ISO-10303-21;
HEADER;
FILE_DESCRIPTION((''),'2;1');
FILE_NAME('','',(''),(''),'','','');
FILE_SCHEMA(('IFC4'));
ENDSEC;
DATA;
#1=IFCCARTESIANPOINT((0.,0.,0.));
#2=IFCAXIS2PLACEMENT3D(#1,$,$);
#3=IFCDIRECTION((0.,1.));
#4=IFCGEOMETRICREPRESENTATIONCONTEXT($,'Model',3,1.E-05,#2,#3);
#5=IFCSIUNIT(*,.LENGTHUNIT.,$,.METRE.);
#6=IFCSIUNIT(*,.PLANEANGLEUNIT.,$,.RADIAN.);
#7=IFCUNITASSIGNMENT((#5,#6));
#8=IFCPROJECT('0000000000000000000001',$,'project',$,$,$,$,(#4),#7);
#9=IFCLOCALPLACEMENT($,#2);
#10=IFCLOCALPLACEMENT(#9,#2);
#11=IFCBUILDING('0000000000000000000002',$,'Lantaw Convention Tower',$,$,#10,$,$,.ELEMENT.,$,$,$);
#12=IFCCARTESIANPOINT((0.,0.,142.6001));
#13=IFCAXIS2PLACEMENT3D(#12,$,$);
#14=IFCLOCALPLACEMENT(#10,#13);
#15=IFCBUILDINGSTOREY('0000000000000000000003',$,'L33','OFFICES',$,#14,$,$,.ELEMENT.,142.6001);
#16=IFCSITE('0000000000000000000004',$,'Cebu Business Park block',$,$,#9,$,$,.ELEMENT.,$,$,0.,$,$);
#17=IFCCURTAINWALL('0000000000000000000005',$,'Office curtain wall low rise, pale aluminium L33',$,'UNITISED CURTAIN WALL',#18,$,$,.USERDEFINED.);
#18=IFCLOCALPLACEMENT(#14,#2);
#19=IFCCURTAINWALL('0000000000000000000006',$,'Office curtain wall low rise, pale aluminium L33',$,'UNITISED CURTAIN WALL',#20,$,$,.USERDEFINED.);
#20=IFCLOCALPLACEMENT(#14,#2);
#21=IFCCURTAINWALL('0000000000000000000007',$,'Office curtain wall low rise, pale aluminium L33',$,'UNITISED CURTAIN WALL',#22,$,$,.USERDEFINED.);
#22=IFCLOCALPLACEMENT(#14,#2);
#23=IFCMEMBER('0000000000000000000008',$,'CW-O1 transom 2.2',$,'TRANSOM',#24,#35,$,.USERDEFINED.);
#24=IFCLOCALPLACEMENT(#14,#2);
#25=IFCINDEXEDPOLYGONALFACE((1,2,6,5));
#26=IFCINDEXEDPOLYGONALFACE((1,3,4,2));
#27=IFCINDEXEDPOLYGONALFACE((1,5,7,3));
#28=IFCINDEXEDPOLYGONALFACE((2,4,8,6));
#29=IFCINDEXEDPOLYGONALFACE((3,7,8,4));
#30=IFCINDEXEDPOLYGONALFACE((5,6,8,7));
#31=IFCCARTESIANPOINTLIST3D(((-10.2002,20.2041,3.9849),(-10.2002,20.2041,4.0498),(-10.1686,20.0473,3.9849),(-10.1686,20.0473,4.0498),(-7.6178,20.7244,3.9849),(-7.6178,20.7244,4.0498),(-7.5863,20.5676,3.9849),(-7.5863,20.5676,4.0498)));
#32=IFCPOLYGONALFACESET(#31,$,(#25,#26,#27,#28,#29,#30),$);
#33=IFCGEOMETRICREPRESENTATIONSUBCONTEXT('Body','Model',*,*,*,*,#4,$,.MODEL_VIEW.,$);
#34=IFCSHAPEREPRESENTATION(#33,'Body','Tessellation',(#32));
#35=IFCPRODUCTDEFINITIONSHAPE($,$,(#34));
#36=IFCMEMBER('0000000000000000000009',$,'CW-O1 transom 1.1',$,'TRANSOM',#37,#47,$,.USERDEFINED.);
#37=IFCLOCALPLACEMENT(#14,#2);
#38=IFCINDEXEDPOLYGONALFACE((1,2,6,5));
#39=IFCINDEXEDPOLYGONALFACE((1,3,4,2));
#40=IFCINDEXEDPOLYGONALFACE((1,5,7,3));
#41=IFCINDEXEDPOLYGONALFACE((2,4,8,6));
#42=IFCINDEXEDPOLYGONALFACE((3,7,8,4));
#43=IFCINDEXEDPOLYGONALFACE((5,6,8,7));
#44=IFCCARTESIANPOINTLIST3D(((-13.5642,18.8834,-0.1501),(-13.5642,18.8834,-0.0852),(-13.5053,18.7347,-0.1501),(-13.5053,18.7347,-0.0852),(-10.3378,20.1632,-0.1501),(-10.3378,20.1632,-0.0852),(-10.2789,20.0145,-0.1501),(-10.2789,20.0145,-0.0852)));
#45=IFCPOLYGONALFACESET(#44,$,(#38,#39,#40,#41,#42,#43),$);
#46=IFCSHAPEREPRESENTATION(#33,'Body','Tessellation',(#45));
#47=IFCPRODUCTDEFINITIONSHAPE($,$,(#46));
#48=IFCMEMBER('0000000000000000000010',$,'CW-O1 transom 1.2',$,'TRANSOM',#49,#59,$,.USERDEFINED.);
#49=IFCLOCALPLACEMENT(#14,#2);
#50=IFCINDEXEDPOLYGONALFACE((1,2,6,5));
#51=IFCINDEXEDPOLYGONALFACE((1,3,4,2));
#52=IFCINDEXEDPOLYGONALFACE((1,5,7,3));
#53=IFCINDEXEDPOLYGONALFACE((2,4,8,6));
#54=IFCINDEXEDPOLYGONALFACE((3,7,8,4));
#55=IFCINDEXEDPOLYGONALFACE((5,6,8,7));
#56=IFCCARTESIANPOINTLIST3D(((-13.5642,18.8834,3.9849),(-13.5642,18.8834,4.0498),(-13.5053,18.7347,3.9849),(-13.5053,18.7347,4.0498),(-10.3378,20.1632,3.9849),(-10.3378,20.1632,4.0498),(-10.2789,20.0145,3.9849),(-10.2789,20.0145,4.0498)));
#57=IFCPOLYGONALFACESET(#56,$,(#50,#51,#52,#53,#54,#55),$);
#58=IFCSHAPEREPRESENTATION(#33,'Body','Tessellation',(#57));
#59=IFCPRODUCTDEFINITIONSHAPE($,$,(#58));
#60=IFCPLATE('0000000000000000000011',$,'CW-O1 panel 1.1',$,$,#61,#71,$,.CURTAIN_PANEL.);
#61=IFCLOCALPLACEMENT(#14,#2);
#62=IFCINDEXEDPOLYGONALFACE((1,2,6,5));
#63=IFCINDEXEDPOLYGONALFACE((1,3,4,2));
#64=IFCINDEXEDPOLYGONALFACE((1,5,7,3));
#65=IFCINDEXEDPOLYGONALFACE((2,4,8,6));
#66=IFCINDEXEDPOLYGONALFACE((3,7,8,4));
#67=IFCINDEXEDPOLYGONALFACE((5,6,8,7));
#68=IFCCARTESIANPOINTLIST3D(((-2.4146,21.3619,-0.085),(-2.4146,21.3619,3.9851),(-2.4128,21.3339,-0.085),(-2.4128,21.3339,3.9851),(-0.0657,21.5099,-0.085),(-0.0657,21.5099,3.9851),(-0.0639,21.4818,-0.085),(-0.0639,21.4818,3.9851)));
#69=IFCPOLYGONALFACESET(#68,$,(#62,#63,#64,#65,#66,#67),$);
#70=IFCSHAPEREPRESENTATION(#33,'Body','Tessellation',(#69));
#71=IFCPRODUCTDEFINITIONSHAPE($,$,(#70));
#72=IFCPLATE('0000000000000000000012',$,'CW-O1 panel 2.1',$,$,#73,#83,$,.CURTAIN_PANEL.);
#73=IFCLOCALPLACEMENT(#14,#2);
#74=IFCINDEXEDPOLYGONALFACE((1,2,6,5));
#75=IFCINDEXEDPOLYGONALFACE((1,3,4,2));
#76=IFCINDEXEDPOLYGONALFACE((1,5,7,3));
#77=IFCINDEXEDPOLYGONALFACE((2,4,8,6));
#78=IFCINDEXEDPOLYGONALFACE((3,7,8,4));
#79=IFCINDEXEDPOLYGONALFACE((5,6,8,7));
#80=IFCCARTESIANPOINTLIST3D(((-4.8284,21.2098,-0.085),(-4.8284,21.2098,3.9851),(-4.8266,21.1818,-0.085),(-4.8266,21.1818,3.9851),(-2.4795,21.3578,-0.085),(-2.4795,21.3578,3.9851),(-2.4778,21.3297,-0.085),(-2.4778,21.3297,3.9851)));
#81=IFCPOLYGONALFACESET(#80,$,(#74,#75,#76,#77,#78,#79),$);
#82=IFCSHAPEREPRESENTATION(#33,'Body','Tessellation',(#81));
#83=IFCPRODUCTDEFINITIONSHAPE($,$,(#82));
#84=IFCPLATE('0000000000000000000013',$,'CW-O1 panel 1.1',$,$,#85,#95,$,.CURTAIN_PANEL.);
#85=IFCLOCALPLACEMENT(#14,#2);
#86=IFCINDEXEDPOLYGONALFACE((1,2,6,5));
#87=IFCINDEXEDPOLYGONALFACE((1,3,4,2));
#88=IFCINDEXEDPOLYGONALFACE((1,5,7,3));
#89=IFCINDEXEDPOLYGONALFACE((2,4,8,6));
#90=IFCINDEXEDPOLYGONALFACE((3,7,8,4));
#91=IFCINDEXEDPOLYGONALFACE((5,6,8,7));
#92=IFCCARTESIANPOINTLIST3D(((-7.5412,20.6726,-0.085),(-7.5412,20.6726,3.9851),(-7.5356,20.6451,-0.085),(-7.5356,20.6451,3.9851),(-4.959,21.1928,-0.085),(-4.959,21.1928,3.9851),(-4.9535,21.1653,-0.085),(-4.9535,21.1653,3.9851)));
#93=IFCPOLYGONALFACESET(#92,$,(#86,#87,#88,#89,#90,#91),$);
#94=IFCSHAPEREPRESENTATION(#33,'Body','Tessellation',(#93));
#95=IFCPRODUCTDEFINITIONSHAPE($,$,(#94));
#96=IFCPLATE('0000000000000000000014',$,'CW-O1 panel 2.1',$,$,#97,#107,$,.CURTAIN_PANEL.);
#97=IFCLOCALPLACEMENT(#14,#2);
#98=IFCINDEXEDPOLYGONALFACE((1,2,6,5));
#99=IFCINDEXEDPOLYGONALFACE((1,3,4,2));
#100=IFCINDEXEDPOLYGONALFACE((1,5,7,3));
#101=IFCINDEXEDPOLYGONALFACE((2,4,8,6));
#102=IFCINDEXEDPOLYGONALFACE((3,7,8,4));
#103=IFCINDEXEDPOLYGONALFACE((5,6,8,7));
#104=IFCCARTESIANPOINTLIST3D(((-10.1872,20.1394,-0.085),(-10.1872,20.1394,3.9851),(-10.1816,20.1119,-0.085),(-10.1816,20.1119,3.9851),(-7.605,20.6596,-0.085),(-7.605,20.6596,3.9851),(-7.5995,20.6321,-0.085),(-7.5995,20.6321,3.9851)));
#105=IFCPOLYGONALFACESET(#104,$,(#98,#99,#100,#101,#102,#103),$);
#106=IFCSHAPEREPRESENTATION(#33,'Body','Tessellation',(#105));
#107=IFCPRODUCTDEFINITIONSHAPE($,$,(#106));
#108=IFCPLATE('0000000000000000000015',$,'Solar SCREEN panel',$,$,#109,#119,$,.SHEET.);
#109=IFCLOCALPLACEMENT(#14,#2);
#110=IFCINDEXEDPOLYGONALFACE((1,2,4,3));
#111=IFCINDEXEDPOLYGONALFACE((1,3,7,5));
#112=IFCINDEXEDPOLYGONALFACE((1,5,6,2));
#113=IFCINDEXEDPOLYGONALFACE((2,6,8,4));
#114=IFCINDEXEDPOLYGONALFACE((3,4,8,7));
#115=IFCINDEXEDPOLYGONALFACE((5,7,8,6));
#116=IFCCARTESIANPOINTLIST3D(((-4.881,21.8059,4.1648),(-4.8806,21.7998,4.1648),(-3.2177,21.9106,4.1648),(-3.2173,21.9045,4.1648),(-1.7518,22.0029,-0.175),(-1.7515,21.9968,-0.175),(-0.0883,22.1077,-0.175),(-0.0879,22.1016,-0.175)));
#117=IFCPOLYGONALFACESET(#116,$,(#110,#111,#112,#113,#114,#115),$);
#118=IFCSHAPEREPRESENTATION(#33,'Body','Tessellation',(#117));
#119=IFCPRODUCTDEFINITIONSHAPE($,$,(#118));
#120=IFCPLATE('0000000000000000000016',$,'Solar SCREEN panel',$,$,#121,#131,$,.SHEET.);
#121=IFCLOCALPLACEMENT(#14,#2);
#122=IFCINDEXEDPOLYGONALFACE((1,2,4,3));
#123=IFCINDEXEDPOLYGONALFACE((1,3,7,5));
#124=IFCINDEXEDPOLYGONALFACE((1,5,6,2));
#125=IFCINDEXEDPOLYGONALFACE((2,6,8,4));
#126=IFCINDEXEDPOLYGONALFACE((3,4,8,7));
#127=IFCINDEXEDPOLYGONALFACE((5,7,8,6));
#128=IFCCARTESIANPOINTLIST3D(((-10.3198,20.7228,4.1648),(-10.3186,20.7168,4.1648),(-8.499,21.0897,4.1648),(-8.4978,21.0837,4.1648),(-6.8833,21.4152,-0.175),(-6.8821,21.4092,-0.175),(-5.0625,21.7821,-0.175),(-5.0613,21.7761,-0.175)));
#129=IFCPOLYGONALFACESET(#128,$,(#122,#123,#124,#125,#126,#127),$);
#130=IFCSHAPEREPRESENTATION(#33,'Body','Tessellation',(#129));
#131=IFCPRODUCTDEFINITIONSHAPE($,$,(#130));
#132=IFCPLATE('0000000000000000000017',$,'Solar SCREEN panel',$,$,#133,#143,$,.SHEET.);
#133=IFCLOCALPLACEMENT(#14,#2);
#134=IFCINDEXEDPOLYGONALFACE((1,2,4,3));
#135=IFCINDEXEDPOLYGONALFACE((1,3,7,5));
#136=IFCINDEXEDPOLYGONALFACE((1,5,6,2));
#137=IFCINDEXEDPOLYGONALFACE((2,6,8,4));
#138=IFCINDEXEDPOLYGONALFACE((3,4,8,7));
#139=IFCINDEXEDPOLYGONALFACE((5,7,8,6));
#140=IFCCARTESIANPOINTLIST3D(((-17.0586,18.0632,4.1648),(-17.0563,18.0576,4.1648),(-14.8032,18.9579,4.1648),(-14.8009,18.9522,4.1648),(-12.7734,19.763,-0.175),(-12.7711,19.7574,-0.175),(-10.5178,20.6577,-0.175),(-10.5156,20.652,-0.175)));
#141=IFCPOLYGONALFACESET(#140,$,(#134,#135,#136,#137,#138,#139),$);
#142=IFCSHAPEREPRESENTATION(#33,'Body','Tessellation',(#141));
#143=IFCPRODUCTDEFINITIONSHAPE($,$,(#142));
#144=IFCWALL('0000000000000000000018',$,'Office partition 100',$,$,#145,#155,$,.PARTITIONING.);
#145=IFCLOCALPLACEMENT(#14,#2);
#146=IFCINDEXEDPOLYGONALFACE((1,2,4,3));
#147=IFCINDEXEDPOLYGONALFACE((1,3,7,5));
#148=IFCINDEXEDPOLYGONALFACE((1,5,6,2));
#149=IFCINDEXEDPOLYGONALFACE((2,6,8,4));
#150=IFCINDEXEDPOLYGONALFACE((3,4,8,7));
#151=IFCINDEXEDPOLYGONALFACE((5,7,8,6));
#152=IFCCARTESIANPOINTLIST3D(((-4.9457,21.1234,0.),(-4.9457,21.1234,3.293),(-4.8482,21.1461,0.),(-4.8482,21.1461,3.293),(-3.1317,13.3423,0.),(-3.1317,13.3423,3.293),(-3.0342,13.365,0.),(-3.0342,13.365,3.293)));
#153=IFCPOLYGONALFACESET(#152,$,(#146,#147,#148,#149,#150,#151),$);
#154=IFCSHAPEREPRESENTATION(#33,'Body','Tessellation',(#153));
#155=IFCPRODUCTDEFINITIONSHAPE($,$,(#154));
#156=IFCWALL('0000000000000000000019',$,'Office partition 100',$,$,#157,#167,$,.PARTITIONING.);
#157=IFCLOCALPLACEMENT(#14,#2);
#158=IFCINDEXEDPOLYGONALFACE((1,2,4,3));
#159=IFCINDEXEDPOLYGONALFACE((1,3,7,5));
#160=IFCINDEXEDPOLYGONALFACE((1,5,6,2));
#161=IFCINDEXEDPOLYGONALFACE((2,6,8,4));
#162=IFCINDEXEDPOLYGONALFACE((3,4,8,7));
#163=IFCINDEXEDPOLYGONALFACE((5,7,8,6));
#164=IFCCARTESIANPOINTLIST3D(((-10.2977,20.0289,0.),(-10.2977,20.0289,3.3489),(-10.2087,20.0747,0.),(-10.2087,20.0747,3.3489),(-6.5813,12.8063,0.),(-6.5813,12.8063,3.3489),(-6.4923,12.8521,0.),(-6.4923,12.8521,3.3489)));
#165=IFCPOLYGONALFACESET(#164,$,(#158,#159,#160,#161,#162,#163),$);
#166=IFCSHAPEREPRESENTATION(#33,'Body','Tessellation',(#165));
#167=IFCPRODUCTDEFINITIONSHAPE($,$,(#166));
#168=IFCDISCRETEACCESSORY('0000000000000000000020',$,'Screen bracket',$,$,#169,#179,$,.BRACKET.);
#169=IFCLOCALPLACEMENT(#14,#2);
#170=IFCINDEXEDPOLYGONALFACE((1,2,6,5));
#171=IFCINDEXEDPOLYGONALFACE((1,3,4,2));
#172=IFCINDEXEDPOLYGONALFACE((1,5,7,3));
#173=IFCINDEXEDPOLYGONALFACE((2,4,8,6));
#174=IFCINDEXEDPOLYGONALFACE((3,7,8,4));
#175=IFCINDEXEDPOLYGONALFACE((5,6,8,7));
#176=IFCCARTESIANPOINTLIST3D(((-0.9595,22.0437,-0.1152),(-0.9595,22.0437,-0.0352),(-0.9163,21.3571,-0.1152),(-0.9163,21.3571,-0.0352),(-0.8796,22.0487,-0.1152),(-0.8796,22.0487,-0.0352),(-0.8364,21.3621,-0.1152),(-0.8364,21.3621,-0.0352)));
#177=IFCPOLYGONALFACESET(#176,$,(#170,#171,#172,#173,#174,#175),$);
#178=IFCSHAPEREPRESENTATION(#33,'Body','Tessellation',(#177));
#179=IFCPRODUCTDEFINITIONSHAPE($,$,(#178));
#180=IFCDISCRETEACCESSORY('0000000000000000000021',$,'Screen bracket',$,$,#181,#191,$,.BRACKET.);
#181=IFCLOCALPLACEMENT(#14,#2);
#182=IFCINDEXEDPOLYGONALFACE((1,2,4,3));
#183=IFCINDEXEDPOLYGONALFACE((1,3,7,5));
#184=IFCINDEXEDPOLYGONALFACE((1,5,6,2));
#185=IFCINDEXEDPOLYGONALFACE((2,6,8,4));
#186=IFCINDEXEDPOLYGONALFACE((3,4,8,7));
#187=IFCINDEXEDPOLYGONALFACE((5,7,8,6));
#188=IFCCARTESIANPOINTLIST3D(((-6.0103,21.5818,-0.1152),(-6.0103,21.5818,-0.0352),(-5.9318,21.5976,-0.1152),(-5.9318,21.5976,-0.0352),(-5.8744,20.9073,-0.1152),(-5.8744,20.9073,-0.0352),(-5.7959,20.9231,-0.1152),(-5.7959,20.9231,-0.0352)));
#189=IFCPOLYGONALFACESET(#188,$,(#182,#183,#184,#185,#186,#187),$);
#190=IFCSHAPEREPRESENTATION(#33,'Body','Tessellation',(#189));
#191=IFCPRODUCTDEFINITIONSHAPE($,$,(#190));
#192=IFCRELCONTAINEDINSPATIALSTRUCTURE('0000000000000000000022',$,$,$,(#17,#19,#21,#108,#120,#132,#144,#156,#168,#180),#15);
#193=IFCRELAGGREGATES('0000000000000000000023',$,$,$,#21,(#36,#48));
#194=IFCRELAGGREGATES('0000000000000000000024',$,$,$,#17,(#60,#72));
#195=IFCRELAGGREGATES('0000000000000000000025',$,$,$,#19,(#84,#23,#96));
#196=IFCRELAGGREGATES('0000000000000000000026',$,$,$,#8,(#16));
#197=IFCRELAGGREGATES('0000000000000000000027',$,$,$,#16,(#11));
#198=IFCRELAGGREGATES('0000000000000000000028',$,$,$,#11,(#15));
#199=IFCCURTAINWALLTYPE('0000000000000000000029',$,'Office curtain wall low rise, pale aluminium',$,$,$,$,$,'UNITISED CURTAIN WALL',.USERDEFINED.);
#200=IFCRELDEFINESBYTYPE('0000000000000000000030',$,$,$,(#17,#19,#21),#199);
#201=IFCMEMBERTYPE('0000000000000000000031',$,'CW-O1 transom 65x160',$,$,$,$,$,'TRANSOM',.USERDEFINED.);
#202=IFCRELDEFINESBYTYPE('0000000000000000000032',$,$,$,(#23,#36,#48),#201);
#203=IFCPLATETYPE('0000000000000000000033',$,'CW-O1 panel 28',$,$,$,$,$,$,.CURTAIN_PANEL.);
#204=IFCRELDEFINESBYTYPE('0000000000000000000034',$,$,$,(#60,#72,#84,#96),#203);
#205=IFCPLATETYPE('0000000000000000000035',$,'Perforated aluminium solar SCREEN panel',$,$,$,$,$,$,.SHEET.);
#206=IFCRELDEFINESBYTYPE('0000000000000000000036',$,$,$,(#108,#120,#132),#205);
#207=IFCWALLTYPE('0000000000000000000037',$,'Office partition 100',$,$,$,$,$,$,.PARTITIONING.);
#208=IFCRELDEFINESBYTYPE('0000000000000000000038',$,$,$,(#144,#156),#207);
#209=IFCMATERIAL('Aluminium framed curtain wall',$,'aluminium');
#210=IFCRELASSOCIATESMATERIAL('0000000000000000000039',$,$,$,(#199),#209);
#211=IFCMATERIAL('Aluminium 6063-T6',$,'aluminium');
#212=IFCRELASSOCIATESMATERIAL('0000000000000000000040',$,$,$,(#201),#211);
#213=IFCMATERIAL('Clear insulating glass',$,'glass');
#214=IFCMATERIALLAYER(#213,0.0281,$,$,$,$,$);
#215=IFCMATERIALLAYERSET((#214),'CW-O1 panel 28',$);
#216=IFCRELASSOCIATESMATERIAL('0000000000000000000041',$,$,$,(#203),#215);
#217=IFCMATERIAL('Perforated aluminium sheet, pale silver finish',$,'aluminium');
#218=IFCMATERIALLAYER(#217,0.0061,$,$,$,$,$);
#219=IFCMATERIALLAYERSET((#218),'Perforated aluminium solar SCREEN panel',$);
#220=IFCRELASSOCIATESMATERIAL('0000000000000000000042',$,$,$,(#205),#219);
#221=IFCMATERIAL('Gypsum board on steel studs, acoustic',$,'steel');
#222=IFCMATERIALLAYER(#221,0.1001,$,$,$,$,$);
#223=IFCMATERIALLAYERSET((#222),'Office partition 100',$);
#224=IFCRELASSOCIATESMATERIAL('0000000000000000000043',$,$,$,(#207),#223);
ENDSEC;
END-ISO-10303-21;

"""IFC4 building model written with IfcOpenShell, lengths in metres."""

from ifc_helpers import new_model, si_unit, direction, frame, frame_2d, origin, origin_2d, place, context, subcontext, project, spatial, polyline, rectangle, outline, extrude, material, layer, layer_set, material_profile, profile_set, type_object, element, aggregate, save


model = new_model("IFC4")

# Units and contexts
model_context = context("Model", 3, precision=1e-05, world=origin(), true_north=direction((0.0, 1.0)))
body_context = subcontext(model_context, "Body", "Model", "MODEL_VIEW")
ifc_project = project(units=[si_unit("LENGTHUNIT", "METRE"), si_unit("PLANEANGLEUNIT", "RADIAN")], contexts=[model_context])

# Site, building, storey
site_placement = place(None, origin())
site = spatial("IfcSite", under=ifc_project, at=site_placement, Name="Cebu Business Park block", CompositionType="ELEMENT", RefElevation=0.0)
building_placement = place(site_placement, origin())
building = spatial("IfcBuilding", under=site, at=building_placement, Name="Lantaw Convention Tower", CompositionType="ELEMENT")
storey_placement = place(building_placement, frame((0.0, 0.0, 142.6001)))
storey = spatial("IfcBuildingStorey", under=building, at=storey_placement, Name="L33", Description="OFFICES", CompositionType="ELEMENT", Elevation=142.6001)

# Curtain walls
ifc_material_1 = material(Name="Aluminium framed curtain wall", Category="aluminium")
curtain_wall_type = type_object("IfcCurtainWallType", Name="Office curtain wall low rise, pale aluminium", ElementType="UNITISED CURTAIN WALL", PredefinedType="USERDEFINED", material=ifc_material_1)
curtain_wall_1_placement = place(storey_placement, origin())
curtain_wall_1 = element("IfcCurtainWall", 1, at=curtain_wall_1_placement, inside=storey, type_object=curtain_wall_type, Name="Office curtain wall low rise, pale aluminium L33", ObjectType="UNITISED CURTAIN WALL", PredefinedType="USERDEFINED")
ifc_material_2 = material(Name="Aluminium 6063-T6", Category="aluminium")
curtain_wall_2_placement = place(storey_placement, origin())
curtain_wall_2 = element("IfcCurtainWall", 2, at=curtain_wall_2_placement, inside=storey, type_object=curtain_wall_type, Name="Office curtain wall low rise, pale aluminium L33", ObjectType="UNITISED CURTAIN WALL", PredefinedType="USERDEFINED")

# Curtain wall
curtain_wall_3_placement = place(storey_placement, origin())
curtain_wall_3 = element("IfcCurtainWall", 3, at=curtain_wall_3_placement, inside=storey, type_object=curtain_wall_type, Name="Office curtain wall low rise, pale aluminium L33", ObjectType="UNITISED CURTAIN WALL", PredefinedType="USERDEFINED")

# Members
ifc_material_profile_1 = material_profile(ifc_material_2, rectangle(XDim=0.1599, YDim=0.0649, at=origin_2d()), Name="CW-O1 transom 65x160")
ifc_profile_set_1 = profile_set([ifc_material_profile_1], Name="Aluminium 6063-T6")
member_type_1 = type_object("IfcMemberType", Name="CW-O1 transom 65x160", ElementType="TRANSOM", PredefinedType="USERDEFINED", material=ifc_profile_set_1)
member_1_placement = place(storey_placement, frame((-7.6021, 20.646, 4.0173), z_axis=(-0.980302, -0.197506, 0.0), x_axis=(0.197506, -0.980302, 0.0)))
member_1 = element("IfcMember", 4, at=member_1_placement, type_object=member_type_1, Name="CW-O1 transom 2.2", ObjectType="TRANSOM", PredefinedType="USERDEFINED", context=body_context, shape_type="SweptSolid", body=[
    extrude(rectangle(XDim=0.1599, YDim=0.0649, at=origin_2d()), origin(), (0.0, 0.0, 1.0), 2.6343),
])
member_2_placement = place(storey_placement, frame((-10.3083, 20.0889, -0.1177), z_axis=(-0.92954, -0.368721, 0.0), x_axis=(0.368721, -0.92954, 0.0)))
member_2 = element("IfcMember", 5, at=member_2_placement, type_object=member_type_1, Name="CW-O1 transom 1.1", ObjectType="TRANSOM", PredefinedType="USERDEFINED", context=body_context, shape_type="SweptSolid", body=[
    extrude(rectangle(XDim=0.1599, YDim=0.0649, at=origin_2d()), origin(), (0.0, 0.0, 1.0), 3.4709),
])
member_3_placement = place(storey_placement, frame((-10.3083, 20.0889, 4.0173), z_axis=(-0.92954, -0.368721, 0.0), x_axis=(0.368721, -0.92954, 0.0)))
member_3 = element("IfcMember", 6, at=member_3_placement, type_object=member_type_1, Name="CW-O1 transom 1.2", ObjectType="TRANSOM", PredefinedType="USERDEFINED", context=body_context, shape_type="SweptSolid", body=[
    extrude(rectangle(XDim=0.1599, YDim=0.0649, at=origin_2d()), origin(), (0.0, 0.0, 1.0), 3.4709),
])
aggregate(curtain_wall_3, [member_2, member_3])

# Plates
ifc_material_3 = material(Name="Clear insulating glass", Category="glass")
ifc_layer_1 = layer(ifc_material_3, 0.0281)
ifc_layer_set_1 = layer_set([ifc_layer_1], Name="CW-O1 panel 28")
plate_type_1 = type_object("IfcPlateType", Name="CW-O1 panel 28", PredefinedType="CURTAIN_PANEL", material=ifc_layer_set_1)
plate_1_placement = place(storey_placement, frame((-1.2393, 21.4219, -0.085), z_axis=(0.0, 0.0, 1.0), x_axis=(-0.998022, -0.062865, 0.0)))
plate_1 = element("IfcPlate", 7, at=plate_1_placement, type_object=plate_type_1, Name="CW-O1 panel 1.1", PredefinedType="CURTAIN_PANEL", context=body_context, shape_type="SweptSolid", body=[
    extrude(rectangle(XDim=2.3535, YDim=0.0281, at=origin_2d()), origin(), (0.0, 0.0, 1.0), 4.0701),
])
plate_2_placement = place(storey_placement, frame((-3.6531, 21.2698, -0.085), z_axis=(0.0, 0.0, 1.0), x_axis=(-0.998022, -0.062865, 0.0)))
plate_2 = element("IfcPlate", 8, at=plate_2_placement, type_object=plate_type_1, Name="CW-O1 panel 2.1", PredefinedType="CURTAIN_PANEL", context=body_context, shape_type="SweptSolid", body=[
    extrude(rectangle(XDim=2.3535, YDim=0.0281, at=origin_2d()), origin(), (0.0, 0.0, 1.0), 4.0701),
])
aggregate(curtain_wall_1, [plate_1, plate_2])
plate_3_placement = place(storey_placement, frame((-6.2473, 20.9189, -0.085), z_axis=(0.0, 0.0, 1.0), x_axis=(-0.980302, -0.197507, 0.0)))
plate_3 = element("IfcPlate", 9, at=plate_3_placement, type_object=plate_type_1, Name="CW-O1 panel 1.1", PredefinedType="CURTAIN_PANEL", context=body_context, shape_type="SweptSolid", body=[
    extrude(rectangle(XDim=2.634, YDim=0.0281, at=origin_2d()), origin(), (0.0, 0.0, 1.0), 4.0701),
])
plate_4_placement = place(storey_placement, frame((-8.8933, 20.3857, -0.085), z_axis=(0.0, 0.0, 1.0), x_axis=(-0.980302, -0.197507, 0.0)))
plate_4 = element("IfcPlate", 10, at=plate_4_placement, type_object=plate_type_1, Name="CW-O1 panel 2.1", PredefinedType="CURTAIN_PANEL", context=body_context, shape_type="SweptSolid", body=[
    extrude(rectangle(XDim=2.634, YDim=0.0281, at=origin_2d()), origin(), (0.0, 0.0, 1.0), 4.0701),
])
aggregate(curtain_wall_2, [plate_3, member_1, plate_4])

# Plates
ifc_material_4 = material(Name="Perforated aluminium sheet, pale silver finish", Category="aluminium")
ifc_layer_2 = layer(ifc_material_4, 0.0061)
ifc_layer_set_2 = layer_set([ifc_layer_2], Name="Perforated aluminium solar SCREEN panel")
plate_type_2 = type_object("IfcPlateType", Name="Perforated aluminium solar SCREEN panel", PredefinedType="SHEET", material=ifc_layer_set_2)
plate_5_placement = place(storey_placement, frame((-0.0879, 22.1016, -0.175), z_axis=(0.062839, -0.998024, 0.000002), x_axis=(-0.998024, -0.062839, 0.0)))
element("IfcPlate", 11, at=plate_5_placement, inside=storey, type_object=plate_type_2, Name="Solar SCREEN panel", PredefinedType="SHEET", context=body_context, shape_type="SweptSolid", body=[
    extrude(outline(polyline([(0.0, 0.0), (1.6669, 0.0), (4.8022, -4.3398), (3.1356, -4.3398), (0.0, 0.0)])), origin(), (0.0, 0.0, -1.0), 0.0061),
])
plate_6_placement = place(storey_placement, frame((-5.0613, 21.7761, -0.175), z_axis=(0.197557, -0.980291, 0.000039), x_axis=(-0.980291, -0.197557, 0.0)))
element("IfcPlate", 12, at=plate_6_placement, inside=storey, type_object=plate_type_2, Name="Solar SCREEN panel", PredefinedType="SHEET", context=body_context, shape_type="SweptSolid", body=[
    extrude(outline(polyline([(0.0, 0.0), (1.8574, 0.0), (5.363, -4.3398), (3.5056, -4.3398), (0.0, 0.0)])), origin(), (0.0, 0.0, -1.0), 0.0061),
])
plate_7_placement = place(storey_placement, frame((-10.5178, 20.6577, -0.175), z_axis=(-0.368709, 0.929545, 0.000011), x_axis=(-0.929545, -0.368709, 0.0)))
element("IfcPlate", 13, at=plate_7_placement, inside=storey, type_object=plate_type_2, Name="Solar SCREEN panel", PredefinedType="SHEET", context=body_context, shape_type="SweptSolid", body=[
    extrude(outline(polyline([(0.0, 0.0), (2.4265, 0.0), (7.0365, 4.3398), (4.6102, 4.3398), (0.0, 0.0)])), origin(), (0.0, 0.0, -1.0), 0.0061),
])

# Walls
ifc_material_5 = material(Name="Gypsum board on steel studs, acoustic", Category="steel")
ifc_layer_3 = layer(ifc_material_5, 0.1001)
ifc_layer_set_3 = layer_set([ifc_layer_3], Name="Office partition 100")
wall_type = type_object("IfcWallType", Name="Office partition 100", PredefinedType="PARTITIONING", material=ifc_layer_set_3)
wall_1_placement = place(storey_placement, frame((-4.897, 21.1348, 0.0), z_axis=(0.0, 0.0, 1.0), x_axis=(0.227039, -0.973886, 0.0)))
element("IfcWall", 14, at=wall_1_placement, inside=storey, type_object=wall_type, Name="Office partition 100", PredefinedType="PARTITIONING", context=body_context, shape_type="SweptSolid", body=[
    extrude(rectangle(XDim=7.9897, YDim=0.1001, at=frame_2d((3.9949, 0.0))), origin(), (0.0, 0.0, 1.0), 3.293),
])
wall_2_placement = place(storey_placement, frame((-10.2532, 20.0518, 0.0), z_axis=(0.0, 0.0, 1.0), x_axis=(0.457535, -0.889191, 0.0)))
element("IfcWall", 15, at=wall_2_placement, inside=storey, type_object=wall_type, Name="Office partition 100", PredefinedType="PARTITIONING", context=body_context, shape_type="SweptSolid", body=[
    extrude(rectangle(XDim=8.1226, YDim=0.1001, at=frame_2d((4.0613, 0.0))), origin(), (0.0, 0.0, 1.0), 3.3489),
])

# Discrete accessories
for number, where, z_axis, x_axis, name in (
    (16, (-0.8979, 21.7029, -0.1152), (0.0, 0.0, 1.0), (-0.998022, -0.062865, 0.0), "Screen bracket"),
    (17, (-5.9031, 21.2524, -0.1152), (0.0, 0.0, 1.0), (-0.980302, -0.197507, 0.0), "Screen bracket"),
):
    element("IfcDiscreteAccessory", number, at=place(storey_placement, frame(where, z_axis=z_axis, x_axis=x_axis)), inside=storey, Name=name, PredefinedType="BRACKET", context=body_context, shape_type="SweptSolid", body=[
        extrude(rectangle(XDim=0.0801, YDim=0.688, at=origin_2d()), origin(), (0.0, 0.0, 1.0), 0.0801),
    ])

save(model, "model.ifc")
